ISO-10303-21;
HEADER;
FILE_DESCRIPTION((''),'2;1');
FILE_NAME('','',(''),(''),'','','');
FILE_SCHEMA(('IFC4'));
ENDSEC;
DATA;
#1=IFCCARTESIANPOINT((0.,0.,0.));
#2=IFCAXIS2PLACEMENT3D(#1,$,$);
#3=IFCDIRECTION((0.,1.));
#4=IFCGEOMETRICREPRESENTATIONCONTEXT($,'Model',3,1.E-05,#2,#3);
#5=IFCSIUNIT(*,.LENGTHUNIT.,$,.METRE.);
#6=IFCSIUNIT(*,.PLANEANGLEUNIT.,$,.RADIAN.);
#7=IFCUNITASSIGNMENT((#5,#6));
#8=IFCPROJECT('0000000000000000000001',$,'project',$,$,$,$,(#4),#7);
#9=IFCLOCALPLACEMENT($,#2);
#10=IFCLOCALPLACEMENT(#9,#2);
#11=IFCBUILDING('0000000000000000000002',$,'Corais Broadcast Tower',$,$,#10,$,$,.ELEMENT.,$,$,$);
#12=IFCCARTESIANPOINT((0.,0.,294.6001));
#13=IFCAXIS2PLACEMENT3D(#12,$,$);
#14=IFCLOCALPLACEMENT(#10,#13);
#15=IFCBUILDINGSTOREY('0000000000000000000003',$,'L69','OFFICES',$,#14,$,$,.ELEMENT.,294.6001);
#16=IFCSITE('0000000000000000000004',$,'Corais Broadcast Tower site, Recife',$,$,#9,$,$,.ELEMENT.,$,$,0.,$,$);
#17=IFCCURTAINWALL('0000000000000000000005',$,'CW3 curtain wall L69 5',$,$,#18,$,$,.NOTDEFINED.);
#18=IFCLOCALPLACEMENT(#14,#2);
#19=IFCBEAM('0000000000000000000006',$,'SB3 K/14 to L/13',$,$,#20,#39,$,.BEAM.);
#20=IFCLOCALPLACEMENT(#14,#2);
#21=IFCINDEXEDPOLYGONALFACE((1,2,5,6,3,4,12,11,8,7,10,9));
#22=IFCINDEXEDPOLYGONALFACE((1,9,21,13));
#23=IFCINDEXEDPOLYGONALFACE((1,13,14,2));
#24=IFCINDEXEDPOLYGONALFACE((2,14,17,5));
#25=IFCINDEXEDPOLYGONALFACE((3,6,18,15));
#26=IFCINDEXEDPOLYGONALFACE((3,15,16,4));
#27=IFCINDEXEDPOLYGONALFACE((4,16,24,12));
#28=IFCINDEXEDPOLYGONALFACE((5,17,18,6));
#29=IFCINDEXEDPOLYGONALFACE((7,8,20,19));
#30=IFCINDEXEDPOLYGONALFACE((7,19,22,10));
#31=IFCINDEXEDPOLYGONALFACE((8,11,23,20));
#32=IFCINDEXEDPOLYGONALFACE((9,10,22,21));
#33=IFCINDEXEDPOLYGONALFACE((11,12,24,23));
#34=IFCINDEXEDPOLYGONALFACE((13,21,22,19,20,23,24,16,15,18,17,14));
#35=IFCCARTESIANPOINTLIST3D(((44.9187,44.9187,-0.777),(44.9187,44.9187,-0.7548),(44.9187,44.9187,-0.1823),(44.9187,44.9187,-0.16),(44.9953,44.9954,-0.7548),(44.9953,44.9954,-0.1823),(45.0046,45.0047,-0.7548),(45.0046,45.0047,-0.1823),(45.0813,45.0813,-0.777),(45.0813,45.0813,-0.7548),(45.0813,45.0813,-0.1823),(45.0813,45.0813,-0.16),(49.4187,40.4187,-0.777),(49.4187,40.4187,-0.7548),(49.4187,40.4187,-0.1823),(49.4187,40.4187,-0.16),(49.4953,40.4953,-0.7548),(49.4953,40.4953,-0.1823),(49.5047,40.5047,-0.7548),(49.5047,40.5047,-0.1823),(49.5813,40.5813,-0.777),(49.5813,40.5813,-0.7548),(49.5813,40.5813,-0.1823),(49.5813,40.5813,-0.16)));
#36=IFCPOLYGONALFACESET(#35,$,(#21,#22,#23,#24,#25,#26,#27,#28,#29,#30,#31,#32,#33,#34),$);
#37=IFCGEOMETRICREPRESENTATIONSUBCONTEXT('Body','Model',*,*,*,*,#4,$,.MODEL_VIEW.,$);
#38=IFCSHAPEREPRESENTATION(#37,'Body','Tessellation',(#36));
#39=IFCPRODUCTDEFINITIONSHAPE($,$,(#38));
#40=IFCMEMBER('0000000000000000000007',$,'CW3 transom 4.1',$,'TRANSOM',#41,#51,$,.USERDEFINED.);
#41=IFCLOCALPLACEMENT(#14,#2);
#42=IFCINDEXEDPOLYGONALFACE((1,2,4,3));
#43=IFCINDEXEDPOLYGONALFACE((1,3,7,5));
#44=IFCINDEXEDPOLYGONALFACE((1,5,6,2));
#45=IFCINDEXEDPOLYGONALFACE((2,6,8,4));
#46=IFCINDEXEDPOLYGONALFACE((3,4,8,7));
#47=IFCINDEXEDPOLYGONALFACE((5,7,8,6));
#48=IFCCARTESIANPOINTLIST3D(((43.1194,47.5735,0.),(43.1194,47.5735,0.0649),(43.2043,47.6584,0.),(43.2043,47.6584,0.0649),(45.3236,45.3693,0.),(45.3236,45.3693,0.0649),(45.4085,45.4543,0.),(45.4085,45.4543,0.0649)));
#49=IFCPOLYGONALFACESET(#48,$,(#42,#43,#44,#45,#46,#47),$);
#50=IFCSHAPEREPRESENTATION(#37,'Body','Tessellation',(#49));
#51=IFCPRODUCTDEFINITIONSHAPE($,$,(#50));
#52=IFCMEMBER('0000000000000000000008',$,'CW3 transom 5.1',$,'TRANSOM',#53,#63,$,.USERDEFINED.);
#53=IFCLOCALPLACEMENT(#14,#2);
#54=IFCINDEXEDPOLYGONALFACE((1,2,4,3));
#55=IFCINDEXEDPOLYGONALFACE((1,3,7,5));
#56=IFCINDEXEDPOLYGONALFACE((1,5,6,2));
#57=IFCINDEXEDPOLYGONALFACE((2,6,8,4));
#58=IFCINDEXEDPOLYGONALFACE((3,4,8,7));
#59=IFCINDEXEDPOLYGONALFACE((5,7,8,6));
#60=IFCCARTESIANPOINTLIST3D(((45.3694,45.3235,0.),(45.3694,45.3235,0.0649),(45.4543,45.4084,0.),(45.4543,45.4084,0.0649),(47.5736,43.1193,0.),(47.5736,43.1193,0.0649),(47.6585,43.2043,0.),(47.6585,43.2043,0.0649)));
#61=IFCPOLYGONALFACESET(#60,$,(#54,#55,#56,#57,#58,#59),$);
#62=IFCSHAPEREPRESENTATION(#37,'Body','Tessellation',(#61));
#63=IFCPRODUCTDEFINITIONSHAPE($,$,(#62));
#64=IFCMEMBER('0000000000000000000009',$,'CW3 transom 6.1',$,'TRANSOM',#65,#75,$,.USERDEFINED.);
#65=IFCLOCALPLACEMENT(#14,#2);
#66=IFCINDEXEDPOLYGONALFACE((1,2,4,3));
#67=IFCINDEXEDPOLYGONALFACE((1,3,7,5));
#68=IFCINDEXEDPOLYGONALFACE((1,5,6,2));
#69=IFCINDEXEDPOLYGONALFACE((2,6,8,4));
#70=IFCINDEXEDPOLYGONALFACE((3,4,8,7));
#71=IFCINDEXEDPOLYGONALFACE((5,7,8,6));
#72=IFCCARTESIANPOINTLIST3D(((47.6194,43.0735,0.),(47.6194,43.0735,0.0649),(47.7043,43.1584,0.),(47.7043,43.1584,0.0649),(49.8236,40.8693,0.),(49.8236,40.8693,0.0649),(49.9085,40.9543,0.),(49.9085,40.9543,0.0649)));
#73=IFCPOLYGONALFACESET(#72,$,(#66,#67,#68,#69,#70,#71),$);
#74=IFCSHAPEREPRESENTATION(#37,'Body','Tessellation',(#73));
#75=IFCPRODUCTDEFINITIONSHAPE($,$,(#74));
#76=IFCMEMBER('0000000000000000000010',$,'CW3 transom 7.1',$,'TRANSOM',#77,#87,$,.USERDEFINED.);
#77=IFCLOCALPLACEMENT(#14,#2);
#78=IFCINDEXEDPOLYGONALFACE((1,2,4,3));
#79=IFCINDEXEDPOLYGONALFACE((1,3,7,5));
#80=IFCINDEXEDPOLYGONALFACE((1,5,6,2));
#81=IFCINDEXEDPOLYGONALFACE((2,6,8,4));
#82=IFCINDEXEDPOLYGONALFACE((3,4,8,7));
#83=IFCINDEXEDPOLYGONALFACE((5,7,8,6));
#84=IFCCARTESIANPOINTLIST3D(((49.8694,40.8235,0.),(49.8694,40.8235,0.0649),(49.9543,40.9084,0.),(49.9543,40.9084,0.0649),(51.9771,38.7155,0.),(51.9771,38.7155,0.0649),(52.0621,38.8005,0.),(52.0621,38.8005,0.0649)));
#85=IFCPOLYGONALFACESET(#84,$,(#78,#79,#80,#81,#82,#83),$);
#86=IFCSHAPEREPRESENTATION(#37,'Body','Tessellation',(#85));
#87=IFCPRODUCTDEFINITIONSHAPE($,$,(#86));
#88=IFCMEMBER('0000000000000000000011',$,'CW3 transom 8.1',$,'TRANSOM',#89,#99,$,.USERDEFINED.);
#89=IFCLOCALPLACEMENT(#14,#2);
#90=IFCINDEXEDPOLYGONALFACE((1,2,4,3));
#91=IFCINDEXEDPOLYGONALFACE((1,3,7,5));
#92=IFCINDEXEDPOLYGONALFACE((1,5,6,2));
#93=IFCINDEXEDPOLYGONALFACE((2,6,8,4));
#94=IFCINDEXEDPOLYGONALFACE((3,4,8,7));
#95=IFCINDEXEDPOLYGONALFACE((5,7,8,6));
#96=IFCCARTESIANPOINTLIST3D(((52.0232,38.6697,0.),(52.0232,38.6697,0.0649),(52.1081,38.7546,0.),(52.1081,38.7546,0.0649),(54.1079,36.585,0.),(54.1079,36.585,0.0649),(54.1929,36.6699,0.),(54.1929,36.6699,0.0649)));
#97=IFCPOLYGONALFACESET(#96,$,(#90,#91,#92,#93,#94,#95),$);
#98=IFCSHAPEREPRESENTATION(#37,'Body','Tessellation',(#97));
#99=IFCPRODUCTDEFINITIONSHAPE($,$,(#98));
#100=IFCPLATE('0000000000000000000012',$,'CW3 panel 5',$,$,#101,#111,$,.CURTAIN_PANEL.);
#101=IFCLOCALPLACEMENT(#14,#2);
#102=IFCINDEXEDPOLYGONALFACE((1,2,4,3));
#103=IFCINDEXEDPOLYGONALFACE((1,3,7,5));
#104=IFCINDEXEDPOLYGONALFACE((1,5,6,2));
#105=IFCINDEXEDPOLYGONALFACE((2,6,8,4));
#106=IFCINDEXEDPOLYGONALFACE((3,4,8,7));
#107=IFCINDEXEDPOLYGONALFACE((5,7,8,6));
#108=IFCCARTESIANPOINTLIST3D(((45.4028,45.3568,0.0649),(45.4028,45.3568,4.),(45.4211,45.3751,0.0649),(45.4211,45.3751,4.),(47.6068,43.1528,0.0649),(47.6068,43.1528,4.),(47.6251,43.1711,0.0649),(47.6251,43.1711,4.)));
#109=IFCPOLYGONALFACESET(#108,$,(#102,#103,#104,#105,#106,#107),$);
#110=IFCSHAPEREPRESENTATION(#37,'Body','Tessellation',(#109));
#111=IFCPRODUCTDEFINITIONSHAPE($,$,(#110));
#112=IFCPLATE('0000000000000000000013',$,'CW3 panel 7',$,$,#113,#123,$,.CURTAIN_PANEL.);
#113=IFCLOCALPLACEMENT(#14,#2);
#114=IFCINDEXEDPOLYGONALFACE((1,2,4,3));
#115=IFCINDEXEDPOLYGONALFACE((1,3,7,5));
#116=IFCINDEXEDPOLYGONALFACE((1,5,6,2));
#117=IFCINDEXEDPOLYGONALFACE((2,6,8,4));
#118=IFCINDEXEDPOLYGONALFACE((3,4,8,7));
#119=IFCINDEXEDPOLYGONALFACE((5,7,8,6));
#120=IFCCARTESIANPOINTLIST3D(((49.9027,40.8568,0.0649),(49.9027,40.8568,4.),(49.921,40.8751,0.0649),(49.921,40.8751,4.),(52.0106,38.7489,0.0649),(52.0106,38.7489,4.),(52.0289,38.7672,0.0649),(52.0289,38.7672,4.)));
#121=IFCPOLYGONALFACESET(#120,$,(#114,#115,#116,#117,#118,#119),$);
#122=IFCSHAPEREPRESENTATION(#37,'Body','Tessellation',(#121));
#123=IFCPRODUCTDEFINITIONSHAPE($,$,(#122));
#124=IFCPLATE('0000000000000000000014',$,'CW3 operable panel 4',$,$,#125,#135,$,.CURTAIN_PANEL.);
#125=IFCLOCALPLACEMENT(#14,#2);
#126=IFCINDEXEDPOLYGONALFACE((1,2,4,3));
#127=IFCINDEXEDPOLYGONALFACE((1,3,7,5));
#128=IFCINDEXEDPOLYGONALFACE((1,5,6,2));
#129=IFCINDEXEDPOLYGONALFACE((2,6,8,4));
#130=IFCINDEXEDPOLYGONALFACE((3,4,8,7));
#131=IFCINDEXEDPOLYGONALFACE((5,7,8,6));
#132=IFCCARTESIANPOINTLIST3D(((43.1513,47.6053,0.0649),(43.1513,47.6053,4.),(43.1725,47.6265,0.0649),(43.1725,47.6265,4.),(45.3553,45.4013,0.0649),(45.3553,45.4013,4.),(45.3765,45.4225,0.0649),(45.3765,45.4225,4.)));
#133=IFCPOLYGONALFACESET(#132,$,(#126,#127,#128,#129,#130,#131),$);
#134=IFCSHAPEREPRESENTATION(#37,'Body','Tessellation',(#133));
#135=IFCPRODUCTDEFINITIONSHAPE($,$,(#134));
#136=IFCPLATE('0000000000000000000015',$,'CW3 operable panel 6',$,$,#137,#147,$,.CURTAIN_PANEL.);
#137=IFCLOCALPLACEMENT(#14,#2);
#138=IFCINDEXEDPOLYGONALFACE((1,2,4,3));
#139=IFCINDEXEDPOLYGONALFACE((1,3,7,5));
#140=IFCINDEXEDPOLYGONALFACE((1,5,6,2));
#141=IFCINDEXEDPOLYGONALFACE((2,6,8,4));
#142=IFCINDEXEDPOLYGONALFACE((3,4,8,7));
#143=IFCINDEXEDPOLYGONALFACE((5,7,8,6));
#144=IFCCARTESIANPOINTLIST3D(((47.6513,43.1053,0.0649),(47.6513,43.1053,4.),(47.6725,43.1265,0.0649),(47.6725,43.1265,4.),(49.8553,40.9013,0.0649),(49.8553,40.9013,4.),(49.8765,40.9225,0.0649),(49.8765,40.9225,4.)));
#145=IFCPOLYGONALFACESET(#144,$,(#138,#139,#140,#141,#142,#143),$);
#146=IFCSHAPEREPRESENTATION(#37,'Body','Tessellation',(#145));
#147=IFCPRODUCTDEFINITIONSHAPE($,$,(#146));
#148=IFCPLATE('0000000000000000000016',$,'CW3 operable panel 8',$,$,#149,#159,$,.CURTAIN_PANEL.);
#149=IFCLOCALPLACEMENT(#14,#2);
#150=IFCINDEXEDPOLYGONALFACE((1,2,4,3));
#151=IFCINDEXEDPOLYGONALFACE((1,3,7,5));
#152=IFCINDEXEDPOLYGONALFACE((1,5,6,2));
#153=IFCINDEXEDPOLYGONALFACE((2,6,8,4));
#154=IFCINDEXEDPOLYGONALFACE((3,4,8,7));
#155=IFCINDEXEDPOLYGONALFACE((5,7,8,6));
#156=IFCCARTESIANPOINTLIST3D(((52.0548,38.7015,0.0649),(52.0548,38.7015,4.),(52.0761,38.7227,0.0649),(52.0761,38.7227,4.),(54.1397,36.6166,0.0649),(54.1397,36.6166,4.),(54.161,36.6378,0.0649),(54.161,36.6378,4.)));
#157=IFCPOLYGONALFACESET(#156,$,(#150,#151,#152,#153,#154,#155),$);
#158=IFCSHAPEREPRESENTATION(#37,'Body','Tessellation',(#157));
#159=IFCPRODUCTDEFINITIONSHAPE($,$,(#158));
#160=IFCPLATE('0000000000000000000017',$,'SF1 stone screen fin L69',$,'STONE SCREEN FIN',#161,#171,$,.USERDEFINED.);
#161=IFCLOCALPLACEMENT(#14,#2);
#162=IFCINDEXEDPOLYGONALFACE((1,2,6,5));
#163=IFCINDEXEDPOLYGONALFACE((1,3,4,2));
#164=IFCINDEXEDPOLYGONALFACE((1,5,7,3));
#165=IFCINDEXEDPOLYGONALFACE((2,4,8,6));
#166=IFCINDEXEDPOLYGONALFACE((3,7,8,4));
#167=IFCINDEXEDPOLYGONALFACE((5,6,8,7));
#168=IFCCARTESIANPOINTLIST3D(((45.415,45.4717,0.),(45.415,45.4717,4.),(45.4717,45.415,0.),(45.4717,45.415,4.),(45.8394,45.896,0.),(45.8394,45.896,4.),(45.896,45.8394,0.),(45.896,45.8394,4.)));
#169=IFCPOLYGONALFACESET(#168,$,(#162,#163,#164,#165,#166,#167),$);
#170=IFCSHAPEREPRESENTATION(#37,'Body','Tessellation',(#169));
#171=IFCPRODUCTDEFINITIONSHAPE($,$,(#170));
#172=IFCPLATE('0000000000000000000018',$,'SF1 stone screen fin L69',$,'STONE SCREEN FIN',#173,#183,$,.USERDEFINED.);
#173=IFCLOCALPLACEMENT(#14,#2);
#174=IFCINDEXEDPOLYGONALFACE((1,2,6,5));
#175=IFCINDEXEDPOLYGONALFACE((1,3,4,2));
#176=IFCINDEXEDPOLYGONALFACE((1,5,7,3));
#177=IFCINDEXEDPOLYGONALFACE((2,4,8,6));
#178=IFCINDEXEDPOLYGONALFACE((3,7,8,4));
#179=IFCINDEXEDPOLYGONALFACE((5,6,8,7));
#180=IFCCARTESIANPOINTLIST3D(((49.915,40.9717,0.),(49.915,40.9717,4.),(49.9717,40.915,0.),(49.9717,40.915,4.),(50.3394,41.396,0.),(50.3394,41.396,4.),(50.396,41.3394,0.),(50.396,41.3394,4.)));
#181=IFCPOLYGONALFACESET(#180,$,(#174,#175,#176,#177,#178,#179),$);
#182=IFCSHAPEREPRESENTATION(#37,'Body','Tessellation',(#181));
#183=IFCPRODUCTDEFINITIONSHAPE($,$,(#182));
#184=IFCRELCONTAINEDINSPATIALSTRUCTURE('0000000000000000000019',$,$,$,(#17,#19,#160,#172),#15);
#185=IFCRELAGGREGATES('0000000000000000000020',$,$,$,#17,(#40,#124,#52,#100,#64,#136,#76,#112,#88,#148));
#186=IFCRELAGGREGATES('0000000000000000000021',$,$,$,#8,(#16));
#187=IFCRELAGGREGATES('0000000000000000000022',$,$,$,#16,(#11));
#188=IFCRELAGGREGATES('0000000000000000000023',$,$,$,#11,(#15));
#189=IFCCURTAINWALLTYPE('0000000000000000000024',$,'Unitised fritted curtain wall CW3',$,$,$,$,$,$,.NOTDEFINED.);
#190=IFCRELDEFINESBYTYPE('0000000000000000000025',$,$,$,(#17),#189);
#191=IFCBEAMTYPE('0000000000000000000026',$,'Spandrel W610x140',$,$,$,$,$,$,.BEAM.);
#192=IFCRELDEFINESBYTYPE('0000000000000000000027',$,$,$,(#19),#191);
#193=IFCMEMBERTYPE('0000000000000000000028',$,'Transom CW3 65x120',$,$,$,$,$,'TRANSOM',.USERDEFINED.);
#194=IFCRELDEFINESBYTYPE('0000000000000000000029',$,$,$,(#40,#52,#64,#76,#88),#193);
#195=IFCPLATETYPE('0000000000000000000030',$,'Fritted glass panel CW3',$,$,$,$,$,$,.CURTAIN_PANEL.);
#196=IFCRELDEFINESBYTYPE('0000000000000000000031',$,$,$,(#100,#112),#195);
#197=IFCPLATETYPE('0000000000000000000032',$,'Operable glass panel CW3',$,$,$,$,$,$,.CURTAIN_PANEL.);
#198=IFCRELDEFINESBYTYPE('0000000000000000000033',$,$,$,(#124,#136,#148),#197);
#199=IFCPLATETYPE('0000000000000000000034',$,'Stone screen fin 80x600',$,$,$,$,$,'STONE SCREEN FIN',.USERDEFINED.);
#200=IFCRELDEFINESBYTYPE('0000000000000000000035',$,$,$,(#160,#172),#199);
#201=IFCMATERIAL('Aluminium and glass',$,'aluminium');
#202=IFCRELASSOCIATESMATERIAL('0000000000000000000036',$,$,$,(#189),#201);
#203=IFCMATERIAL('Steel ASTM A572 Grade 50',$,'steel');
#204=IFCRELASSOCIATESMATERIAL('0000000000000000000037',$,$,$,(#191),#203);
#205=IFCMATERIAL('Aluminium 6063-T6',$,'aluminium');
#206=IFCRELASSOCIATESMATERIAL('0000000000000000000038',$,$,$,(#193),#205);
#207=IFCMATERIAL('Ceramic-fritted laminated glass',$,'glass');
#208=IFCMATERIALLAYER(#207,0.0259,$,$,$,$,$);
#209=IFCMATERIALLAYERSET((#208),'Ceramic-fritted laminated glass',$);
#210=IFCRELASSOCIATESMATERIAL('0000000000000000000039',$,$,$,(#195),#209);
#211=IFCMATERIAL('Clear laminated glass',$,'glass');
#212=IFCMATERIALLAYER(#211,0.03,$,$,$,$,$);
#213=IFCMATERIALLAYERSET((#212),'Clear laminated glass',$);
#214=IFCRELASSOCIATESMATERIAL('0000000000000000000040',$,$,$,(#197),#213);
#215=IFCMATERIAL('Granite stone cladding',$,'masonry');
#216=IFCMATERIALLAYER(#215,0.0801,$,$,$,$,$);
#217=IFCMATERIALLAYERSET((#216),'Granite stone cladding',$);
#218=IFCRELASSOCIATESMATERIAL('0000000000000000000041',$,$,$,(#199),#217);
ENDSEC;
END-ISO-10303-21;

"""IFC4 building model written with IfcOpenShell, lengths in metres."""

from ifc_helpers import new_model, si_unit, direction, frame, origin, origin_2d, place, context, subcontext, project, spatial, rectangle, i_section, extrude, material, layer, layer_set, material_profile, profile_set, type_object, element, aggregate, save


model = new_model("IFC4")

# Units and contexts
model_context = context("Model", 3, precision=1e-05, world=origin(), true_north=direction((0.0, 1.0)))
body_context = subcontext(model_context, "Body", "Model", "MODEL_VIEW")
ifc_project = project(units=[si_unit("LENGTHUNIT", "METRE"), si_unit("PLANEANGLEUNIT", "RADIAN")], contexts=[model_context])

# Site, building, storey
site_placement = place(None, origin())
site = spatial("IfcSite", under=ifc_project, at=site_placement, Name="Corais Broadcast Tower site, Recife", CompositionType="ELEMENT", RefElevation=0.0)
building_placement = place(site_placement, origin())
building = spatial("IfcBuilding", under=site, at=building_placement, Name="Corais Broadcast Tower", CompositionType="ELEMENT")
storey_placement = place(building_placement, frame((0.0, 0.0, 294.6001)))
storey = spatial("IfcBuildingStorey", under=building, at=storey_placement, Name="L69", Description="OFFICES", CompositionType="ELEMENT", Elevation=294.6001)

# Curtain wall
ifc_material_1 = material(Name="Aluminium and glass", Category="aluminium")
curtain_wall_type = type_object("IfcCurtainWallType", Name="Unitised fritted curtain wall CW3", PredefinedType="NOTDEFINED", material=ifc_material_1)
curtain_wall_placement = place(storey_placement, origin())
curtain_wall = element("IfcCurtainWall", 1, at=curtain_wall_placement, inside=storey, type_object=curtain_wall_type, Name="CW3 curtain wall L69 5", PredefinedType="NOTDEFINED")

# Beam
ifc_material_2 = material(Name="Steel ASTM A572 Grade 50", Category="steel")
ifc_material_profile_1 = material_profile(ifc_material_2, i_section(OverallWidth=0.23, OverallDepth=0.6169, WebThickness=0.0132, FlangeThickness=0.0222, at=origin_2d()), Name="W610x140")
ifc_profile_set_1 = profile_set([ifc_material_profile_1], Name="Steel ASTM A572 Grade 50")
beam_type_1 = type_object("IfcBeamType", Name="Spandrel W610x140", PredefinedType="BEAM", material=ifc_profile_set_1)
for number, where, z_axis, x_axis, name in (
    (2, (49.5, 40.5, -0.4685), (-0.707107, 0.707107, 0.0), (-0.707107, -0.707107, 0.0), "SB3 K/14 to L/13"),
):
    element("IfcBeam", number, at=place(storey_placement, frame(where, z_axis=z_axis, x_axis=x_axis)), inside=storey, type_object=beam_type_1, Name=name, PredefinedType="BEAM", context=body_context, shape_type="SweptSolid", body=[
        extrude(i_section(OverallWidth=0.23, OverallDepth=0.6169, WebThickness=0.0132, FlangeThickness=0.0222, at=origin_2d()), origin(), (0.0, 0.0, 1.0), 6.364),
    ])

# Members
ifc_material_3 = material(Name="Aluminium 6063-T6", Category="aluminium")
ifc_material_profile_2 = material_profile(ifc_material_3, rectangle(XDim=0.1201, YDim=0.0649, at=origin_2d()), Name="Transom CW3 65x120")
ifc_profile_set_2 = profile_set([ifc_material_profile_2], Name="Aluminium 6063-T6")
member_type_1 = type_object("IfcMemberType", Name="Transom CW3 65x120", ElementType="TRANSOM", PredefinedType="USERDEFINED", material=ifc_profile_set_2)
member_1_placement = place(storey_placement, frame((43.1619, 47.616, 0.0325), z_axis=(0.707107, -0.707107, 0.0), x_axis=(0.707107, 0.707107, 0.0)))
member_1 = element("IfcMember", 3, at=member_1_placement, type_object=member_type_1, Name="CW3 transom 4.1", ObjectType="TRANSOM", PredefinedType="USERDEFINED", context=body_context, shape_type="SweptSolid", body=[
    extrude(rectangle(XDim=0.1201, YDim=0.0649, at=origin_2d()), origin(), (0.0, 0.0, 1.0), 3.1172),
])
member_2_placement = place(storey_placement, frame((45.4119, 45.366, 0.0325), z_axis=(0.707107, -0.707107, 0.0), x_axis=(0.707107, 0.707107, 0.0)))
member_2 = element("IfcMember", 4, at=member_2_placement, type_object=member_type_1, Name="CW3 transom 5.1", ObjectType="TRANSOM", PredefinedType="USERDEFINED", context=body_context, shape_type="SweptSolid", body=[
    extrude(rectangle(XDim=0.1201, YDim=0.0649, at=origin_2d()), origin(), (0.0, 0.0, 1.0), 3.1172),
])
member_3_placement = place(storey_placement, frame((47.6619, 43.116, 0.0325), z_axis=(0.707107, -0.707107, 0.0), x_axis=(0.707107, 0.707107, 0.0)))
member_3 = element("IfcMember", 5, at=member_3_placement, type_object=member_type_1, Name="CW3 transom 6.1", ObjectType="TRANSOM", PredefinedType="USERDEFINED", context=body_context, shape_type="SweptSolid", body=[
    extrude(rectangle(XDim=0.1201, YDim=0.0649, at=origin_2d()), origin(), (0.0, 0.0, 1.0), 3.1172),
])
member_4_placement = place(storey_placement, frame((49.9119, 40.866, 0.0325), z_axis=(0.707066, -0.707148, 0.0), x_axis=(0.707148, 0.707066, 0.0)))
member_4 = element("IfcMember", 6, at=member_4_placement, type_object=member_type_1, Name="CW3 transom 7.1", ObjectType="TRANSOM", PredefinedType="USERDEFINED", context=body_context, shape_type="SweptSolid", body=[
    extrude(rectangle(XDim=0.1201, YDim=0.0649, at=origin_2d()), origin(), (0.0, 0.0, 1.0), 2.981),
])
member_5_placement = place(storey_placement, frame((52.0657, 38.7122, 0.0325), z_axis=(0.707107, -0.707107, 0.0), x_axis=(0.707107, 0.707107, 0.0)))
member_5 = element("IfcMember", 7, at=member_5_placement, type_object=member_type_1, Name="CW3 transom 8.1", ObjectType="TRANSOM", PredefinedType="USERDEFINED", context=body_context, shape_type="SweptSolid", body=[
    extrude(rectangle(XDim=0.1201, YDim=0.0649, at=origin_2d()), origin(), (0.0, 0.0, 1.0), 2.9482),
])

# Plates
ifc_material_4 = material(Name="Ceramic-fritted laminated glass", Category="glass")
ifc_layer_1 = layer(ifc_material_4, 0.0259)
ifc_layer_set_1 = layer_set([ifc_layer_1], Name="Ceramic-fritted laminated glass")
plate_type_1 = type_object("IfcPlateType", Name="Fritted glass panel CW3", PredefinedType="CURTAIN_PANEL", material=ifc_layer_set_1)
plate_1_placement = place(storey_placement, frame((46.5139, 44.2639, 0.0649), z_axis=(0.0, 0.0, 1.0), x_axis=(0.707107, -0.707107, 0.0)))
plate_1 = element("IfcPlate", 8, at=plate_1_placement, type_object=plate_type_1, Name="CW3 panel 5", PredefinedType="CURTAIN_PANEL", context=body_context, shape_type="SweptSolid", body=[
    extrude(rectangle(XDim=3.1169, YDim=0.0259, at=origin_2d()), origin(), (0.0, 0.0, 1.0), 3.9351),
])
plate_2_placement = place(storey_placement, frame((50.9658, 39.812, 0.0649), z_axis=(0.0, 0.0, 1.0), x_axis=(0.707107, -0.707107, 0.0)))
plate_2 = element("IfcPlate", 9, at=plate_2_placement, type_object=plate_type_1, Name="CW3 panel 7", PredefinedType="CURTAIN_PANEL", context=body_context, shape_type="SweptSolid", body=[
    extrude(rectangle(XDim=2.981, YDim=0.0259, at=origin_2d()), origin(), (0.0, 0.0, 1.0), 3.9351),
])
ifc_material_5 = material(Name="Clear laminated glass", Category="glass")
ifc_layer_2 = layer(ifc_material_5, 0.03)
ifc_layer_set_2 = layer_set([ifc_layer_2], Name="Clear laminated glass")
plate_type_2 = type_object("IfcPlateType", Name="Operable glass panel CW3", PredefinedType="CURTAIN_PANEL", material=ifc_layer_set_2)
plate_3_placement = place(storey_placement, frame((44.2639, 46.5139, 0.0649), z_axis=(0.0, 0.0, 1.0), x_axis=(0.707107, -0.707107, 0.0)))
plate_3 = element("IfcPlate", 10, at=plate_3_placement, type_object=plate_type_2, Name="CW3 operable panel 4", PredefinedType="CURTAIN_PANEL", context=body_context, shape_type="SweptSolid", body=[
    extrude(rectangle(XDim=3.1169, YDim=0.03, at=origin_2d()), origin(), (0.0, 0.0, 1.0), 3.9351),
])
plate_4_placement = place(storey_placement, frame((48.7639, 42.0139, 0.0649), z_axis=(0.0, 0.0, 1.0), x_axis=(0.707107, -0.707107, 0.0)))
plate_4 = element("IfcPlate", 11, at=plate_4_placement, type_object=plate_type_2, Name="CW3 operable panel 6", PredefinedType="CURTAIN_PANEL", context=body_context, shape_type="SweptSolid", body=[
    extrude(rectangle(XDim=3.1169, YDim=0.03, at=origin_2d()), origin(), (0.0, 0.0, 1.0), 3.9351),
])
plate_5_placement = place(storey_placement, frame((53.1079, 37.6697, 0.0649), z_axis=(0.0, 0.0, 1.0), x_axis=(0.707107, -0.707107, 0.0)))
plate_5 = element("IfcPlate", 12, at=plate_5_placement, type_object=plate_type_2, Name="CW3 operable panel 8", PredefinedType="CURTAIN_PANEL", context=body_context, shape_type="SweptSolid", body=[
    extrude(rectangle(XDim=2.9485, YDim=0.03, at=origin_2d()), origin(), (0.0, 0.0, 1.0), 3.9351),
])
aggregate(curtain_wall, [member_1, plate_3, member_2, plate_1, member_3, plate_4, member_4, plate_2, member_5, plate_5])

# Plates
ifc_material_6 = material(Name="Granite stone cladding", Category="masonry")
ifc_layer_3 = layer(ifc_material_6, 0.0801)
ifc_layer_set_3 = layer_set([ifc_layer_3], Name="Granite stone cladding")
plate_type_3 = type_object("IfcPlateType", Name="Stone screen fin 80x600", ElementType="STONE SCREEN FIN", PredefinedType="USERDEFINED", material=ifc_layer_set_3)
for number, where, z_axis, x_axis, name in (
    (13, (45.6555, 45.6555, 0.0), (0.0, 0.0, 1.0), (0.707107, -0.707107, 0.0), "SF1 stone screen fin L69"),
    (14, (50.1555, 41.1555, 0.0), (0.0, 0.0, 1.0), (0.707107, -0.707107, 0.0), "SF1 stone screen fin L69"),
):
    element("IfcPlate", number, at=place(storey_placement, frame(where, z_axis=z_axis, x_axis=x_axis)), inside=storey, type_object=plate_type_3, Name=name, ObjectType="STONE SCREEN FIN", PredefinedType="USERDEFINED", context=body_context, shape_type="SweptSolid", body=[
        extrude(rectangle(XDim=0.0801, YDim=0.6001, at=origin_2d()), origin(), (0.0, 0.0, 1.0), 4.0),
    ])

save(model, "model.ifc")
